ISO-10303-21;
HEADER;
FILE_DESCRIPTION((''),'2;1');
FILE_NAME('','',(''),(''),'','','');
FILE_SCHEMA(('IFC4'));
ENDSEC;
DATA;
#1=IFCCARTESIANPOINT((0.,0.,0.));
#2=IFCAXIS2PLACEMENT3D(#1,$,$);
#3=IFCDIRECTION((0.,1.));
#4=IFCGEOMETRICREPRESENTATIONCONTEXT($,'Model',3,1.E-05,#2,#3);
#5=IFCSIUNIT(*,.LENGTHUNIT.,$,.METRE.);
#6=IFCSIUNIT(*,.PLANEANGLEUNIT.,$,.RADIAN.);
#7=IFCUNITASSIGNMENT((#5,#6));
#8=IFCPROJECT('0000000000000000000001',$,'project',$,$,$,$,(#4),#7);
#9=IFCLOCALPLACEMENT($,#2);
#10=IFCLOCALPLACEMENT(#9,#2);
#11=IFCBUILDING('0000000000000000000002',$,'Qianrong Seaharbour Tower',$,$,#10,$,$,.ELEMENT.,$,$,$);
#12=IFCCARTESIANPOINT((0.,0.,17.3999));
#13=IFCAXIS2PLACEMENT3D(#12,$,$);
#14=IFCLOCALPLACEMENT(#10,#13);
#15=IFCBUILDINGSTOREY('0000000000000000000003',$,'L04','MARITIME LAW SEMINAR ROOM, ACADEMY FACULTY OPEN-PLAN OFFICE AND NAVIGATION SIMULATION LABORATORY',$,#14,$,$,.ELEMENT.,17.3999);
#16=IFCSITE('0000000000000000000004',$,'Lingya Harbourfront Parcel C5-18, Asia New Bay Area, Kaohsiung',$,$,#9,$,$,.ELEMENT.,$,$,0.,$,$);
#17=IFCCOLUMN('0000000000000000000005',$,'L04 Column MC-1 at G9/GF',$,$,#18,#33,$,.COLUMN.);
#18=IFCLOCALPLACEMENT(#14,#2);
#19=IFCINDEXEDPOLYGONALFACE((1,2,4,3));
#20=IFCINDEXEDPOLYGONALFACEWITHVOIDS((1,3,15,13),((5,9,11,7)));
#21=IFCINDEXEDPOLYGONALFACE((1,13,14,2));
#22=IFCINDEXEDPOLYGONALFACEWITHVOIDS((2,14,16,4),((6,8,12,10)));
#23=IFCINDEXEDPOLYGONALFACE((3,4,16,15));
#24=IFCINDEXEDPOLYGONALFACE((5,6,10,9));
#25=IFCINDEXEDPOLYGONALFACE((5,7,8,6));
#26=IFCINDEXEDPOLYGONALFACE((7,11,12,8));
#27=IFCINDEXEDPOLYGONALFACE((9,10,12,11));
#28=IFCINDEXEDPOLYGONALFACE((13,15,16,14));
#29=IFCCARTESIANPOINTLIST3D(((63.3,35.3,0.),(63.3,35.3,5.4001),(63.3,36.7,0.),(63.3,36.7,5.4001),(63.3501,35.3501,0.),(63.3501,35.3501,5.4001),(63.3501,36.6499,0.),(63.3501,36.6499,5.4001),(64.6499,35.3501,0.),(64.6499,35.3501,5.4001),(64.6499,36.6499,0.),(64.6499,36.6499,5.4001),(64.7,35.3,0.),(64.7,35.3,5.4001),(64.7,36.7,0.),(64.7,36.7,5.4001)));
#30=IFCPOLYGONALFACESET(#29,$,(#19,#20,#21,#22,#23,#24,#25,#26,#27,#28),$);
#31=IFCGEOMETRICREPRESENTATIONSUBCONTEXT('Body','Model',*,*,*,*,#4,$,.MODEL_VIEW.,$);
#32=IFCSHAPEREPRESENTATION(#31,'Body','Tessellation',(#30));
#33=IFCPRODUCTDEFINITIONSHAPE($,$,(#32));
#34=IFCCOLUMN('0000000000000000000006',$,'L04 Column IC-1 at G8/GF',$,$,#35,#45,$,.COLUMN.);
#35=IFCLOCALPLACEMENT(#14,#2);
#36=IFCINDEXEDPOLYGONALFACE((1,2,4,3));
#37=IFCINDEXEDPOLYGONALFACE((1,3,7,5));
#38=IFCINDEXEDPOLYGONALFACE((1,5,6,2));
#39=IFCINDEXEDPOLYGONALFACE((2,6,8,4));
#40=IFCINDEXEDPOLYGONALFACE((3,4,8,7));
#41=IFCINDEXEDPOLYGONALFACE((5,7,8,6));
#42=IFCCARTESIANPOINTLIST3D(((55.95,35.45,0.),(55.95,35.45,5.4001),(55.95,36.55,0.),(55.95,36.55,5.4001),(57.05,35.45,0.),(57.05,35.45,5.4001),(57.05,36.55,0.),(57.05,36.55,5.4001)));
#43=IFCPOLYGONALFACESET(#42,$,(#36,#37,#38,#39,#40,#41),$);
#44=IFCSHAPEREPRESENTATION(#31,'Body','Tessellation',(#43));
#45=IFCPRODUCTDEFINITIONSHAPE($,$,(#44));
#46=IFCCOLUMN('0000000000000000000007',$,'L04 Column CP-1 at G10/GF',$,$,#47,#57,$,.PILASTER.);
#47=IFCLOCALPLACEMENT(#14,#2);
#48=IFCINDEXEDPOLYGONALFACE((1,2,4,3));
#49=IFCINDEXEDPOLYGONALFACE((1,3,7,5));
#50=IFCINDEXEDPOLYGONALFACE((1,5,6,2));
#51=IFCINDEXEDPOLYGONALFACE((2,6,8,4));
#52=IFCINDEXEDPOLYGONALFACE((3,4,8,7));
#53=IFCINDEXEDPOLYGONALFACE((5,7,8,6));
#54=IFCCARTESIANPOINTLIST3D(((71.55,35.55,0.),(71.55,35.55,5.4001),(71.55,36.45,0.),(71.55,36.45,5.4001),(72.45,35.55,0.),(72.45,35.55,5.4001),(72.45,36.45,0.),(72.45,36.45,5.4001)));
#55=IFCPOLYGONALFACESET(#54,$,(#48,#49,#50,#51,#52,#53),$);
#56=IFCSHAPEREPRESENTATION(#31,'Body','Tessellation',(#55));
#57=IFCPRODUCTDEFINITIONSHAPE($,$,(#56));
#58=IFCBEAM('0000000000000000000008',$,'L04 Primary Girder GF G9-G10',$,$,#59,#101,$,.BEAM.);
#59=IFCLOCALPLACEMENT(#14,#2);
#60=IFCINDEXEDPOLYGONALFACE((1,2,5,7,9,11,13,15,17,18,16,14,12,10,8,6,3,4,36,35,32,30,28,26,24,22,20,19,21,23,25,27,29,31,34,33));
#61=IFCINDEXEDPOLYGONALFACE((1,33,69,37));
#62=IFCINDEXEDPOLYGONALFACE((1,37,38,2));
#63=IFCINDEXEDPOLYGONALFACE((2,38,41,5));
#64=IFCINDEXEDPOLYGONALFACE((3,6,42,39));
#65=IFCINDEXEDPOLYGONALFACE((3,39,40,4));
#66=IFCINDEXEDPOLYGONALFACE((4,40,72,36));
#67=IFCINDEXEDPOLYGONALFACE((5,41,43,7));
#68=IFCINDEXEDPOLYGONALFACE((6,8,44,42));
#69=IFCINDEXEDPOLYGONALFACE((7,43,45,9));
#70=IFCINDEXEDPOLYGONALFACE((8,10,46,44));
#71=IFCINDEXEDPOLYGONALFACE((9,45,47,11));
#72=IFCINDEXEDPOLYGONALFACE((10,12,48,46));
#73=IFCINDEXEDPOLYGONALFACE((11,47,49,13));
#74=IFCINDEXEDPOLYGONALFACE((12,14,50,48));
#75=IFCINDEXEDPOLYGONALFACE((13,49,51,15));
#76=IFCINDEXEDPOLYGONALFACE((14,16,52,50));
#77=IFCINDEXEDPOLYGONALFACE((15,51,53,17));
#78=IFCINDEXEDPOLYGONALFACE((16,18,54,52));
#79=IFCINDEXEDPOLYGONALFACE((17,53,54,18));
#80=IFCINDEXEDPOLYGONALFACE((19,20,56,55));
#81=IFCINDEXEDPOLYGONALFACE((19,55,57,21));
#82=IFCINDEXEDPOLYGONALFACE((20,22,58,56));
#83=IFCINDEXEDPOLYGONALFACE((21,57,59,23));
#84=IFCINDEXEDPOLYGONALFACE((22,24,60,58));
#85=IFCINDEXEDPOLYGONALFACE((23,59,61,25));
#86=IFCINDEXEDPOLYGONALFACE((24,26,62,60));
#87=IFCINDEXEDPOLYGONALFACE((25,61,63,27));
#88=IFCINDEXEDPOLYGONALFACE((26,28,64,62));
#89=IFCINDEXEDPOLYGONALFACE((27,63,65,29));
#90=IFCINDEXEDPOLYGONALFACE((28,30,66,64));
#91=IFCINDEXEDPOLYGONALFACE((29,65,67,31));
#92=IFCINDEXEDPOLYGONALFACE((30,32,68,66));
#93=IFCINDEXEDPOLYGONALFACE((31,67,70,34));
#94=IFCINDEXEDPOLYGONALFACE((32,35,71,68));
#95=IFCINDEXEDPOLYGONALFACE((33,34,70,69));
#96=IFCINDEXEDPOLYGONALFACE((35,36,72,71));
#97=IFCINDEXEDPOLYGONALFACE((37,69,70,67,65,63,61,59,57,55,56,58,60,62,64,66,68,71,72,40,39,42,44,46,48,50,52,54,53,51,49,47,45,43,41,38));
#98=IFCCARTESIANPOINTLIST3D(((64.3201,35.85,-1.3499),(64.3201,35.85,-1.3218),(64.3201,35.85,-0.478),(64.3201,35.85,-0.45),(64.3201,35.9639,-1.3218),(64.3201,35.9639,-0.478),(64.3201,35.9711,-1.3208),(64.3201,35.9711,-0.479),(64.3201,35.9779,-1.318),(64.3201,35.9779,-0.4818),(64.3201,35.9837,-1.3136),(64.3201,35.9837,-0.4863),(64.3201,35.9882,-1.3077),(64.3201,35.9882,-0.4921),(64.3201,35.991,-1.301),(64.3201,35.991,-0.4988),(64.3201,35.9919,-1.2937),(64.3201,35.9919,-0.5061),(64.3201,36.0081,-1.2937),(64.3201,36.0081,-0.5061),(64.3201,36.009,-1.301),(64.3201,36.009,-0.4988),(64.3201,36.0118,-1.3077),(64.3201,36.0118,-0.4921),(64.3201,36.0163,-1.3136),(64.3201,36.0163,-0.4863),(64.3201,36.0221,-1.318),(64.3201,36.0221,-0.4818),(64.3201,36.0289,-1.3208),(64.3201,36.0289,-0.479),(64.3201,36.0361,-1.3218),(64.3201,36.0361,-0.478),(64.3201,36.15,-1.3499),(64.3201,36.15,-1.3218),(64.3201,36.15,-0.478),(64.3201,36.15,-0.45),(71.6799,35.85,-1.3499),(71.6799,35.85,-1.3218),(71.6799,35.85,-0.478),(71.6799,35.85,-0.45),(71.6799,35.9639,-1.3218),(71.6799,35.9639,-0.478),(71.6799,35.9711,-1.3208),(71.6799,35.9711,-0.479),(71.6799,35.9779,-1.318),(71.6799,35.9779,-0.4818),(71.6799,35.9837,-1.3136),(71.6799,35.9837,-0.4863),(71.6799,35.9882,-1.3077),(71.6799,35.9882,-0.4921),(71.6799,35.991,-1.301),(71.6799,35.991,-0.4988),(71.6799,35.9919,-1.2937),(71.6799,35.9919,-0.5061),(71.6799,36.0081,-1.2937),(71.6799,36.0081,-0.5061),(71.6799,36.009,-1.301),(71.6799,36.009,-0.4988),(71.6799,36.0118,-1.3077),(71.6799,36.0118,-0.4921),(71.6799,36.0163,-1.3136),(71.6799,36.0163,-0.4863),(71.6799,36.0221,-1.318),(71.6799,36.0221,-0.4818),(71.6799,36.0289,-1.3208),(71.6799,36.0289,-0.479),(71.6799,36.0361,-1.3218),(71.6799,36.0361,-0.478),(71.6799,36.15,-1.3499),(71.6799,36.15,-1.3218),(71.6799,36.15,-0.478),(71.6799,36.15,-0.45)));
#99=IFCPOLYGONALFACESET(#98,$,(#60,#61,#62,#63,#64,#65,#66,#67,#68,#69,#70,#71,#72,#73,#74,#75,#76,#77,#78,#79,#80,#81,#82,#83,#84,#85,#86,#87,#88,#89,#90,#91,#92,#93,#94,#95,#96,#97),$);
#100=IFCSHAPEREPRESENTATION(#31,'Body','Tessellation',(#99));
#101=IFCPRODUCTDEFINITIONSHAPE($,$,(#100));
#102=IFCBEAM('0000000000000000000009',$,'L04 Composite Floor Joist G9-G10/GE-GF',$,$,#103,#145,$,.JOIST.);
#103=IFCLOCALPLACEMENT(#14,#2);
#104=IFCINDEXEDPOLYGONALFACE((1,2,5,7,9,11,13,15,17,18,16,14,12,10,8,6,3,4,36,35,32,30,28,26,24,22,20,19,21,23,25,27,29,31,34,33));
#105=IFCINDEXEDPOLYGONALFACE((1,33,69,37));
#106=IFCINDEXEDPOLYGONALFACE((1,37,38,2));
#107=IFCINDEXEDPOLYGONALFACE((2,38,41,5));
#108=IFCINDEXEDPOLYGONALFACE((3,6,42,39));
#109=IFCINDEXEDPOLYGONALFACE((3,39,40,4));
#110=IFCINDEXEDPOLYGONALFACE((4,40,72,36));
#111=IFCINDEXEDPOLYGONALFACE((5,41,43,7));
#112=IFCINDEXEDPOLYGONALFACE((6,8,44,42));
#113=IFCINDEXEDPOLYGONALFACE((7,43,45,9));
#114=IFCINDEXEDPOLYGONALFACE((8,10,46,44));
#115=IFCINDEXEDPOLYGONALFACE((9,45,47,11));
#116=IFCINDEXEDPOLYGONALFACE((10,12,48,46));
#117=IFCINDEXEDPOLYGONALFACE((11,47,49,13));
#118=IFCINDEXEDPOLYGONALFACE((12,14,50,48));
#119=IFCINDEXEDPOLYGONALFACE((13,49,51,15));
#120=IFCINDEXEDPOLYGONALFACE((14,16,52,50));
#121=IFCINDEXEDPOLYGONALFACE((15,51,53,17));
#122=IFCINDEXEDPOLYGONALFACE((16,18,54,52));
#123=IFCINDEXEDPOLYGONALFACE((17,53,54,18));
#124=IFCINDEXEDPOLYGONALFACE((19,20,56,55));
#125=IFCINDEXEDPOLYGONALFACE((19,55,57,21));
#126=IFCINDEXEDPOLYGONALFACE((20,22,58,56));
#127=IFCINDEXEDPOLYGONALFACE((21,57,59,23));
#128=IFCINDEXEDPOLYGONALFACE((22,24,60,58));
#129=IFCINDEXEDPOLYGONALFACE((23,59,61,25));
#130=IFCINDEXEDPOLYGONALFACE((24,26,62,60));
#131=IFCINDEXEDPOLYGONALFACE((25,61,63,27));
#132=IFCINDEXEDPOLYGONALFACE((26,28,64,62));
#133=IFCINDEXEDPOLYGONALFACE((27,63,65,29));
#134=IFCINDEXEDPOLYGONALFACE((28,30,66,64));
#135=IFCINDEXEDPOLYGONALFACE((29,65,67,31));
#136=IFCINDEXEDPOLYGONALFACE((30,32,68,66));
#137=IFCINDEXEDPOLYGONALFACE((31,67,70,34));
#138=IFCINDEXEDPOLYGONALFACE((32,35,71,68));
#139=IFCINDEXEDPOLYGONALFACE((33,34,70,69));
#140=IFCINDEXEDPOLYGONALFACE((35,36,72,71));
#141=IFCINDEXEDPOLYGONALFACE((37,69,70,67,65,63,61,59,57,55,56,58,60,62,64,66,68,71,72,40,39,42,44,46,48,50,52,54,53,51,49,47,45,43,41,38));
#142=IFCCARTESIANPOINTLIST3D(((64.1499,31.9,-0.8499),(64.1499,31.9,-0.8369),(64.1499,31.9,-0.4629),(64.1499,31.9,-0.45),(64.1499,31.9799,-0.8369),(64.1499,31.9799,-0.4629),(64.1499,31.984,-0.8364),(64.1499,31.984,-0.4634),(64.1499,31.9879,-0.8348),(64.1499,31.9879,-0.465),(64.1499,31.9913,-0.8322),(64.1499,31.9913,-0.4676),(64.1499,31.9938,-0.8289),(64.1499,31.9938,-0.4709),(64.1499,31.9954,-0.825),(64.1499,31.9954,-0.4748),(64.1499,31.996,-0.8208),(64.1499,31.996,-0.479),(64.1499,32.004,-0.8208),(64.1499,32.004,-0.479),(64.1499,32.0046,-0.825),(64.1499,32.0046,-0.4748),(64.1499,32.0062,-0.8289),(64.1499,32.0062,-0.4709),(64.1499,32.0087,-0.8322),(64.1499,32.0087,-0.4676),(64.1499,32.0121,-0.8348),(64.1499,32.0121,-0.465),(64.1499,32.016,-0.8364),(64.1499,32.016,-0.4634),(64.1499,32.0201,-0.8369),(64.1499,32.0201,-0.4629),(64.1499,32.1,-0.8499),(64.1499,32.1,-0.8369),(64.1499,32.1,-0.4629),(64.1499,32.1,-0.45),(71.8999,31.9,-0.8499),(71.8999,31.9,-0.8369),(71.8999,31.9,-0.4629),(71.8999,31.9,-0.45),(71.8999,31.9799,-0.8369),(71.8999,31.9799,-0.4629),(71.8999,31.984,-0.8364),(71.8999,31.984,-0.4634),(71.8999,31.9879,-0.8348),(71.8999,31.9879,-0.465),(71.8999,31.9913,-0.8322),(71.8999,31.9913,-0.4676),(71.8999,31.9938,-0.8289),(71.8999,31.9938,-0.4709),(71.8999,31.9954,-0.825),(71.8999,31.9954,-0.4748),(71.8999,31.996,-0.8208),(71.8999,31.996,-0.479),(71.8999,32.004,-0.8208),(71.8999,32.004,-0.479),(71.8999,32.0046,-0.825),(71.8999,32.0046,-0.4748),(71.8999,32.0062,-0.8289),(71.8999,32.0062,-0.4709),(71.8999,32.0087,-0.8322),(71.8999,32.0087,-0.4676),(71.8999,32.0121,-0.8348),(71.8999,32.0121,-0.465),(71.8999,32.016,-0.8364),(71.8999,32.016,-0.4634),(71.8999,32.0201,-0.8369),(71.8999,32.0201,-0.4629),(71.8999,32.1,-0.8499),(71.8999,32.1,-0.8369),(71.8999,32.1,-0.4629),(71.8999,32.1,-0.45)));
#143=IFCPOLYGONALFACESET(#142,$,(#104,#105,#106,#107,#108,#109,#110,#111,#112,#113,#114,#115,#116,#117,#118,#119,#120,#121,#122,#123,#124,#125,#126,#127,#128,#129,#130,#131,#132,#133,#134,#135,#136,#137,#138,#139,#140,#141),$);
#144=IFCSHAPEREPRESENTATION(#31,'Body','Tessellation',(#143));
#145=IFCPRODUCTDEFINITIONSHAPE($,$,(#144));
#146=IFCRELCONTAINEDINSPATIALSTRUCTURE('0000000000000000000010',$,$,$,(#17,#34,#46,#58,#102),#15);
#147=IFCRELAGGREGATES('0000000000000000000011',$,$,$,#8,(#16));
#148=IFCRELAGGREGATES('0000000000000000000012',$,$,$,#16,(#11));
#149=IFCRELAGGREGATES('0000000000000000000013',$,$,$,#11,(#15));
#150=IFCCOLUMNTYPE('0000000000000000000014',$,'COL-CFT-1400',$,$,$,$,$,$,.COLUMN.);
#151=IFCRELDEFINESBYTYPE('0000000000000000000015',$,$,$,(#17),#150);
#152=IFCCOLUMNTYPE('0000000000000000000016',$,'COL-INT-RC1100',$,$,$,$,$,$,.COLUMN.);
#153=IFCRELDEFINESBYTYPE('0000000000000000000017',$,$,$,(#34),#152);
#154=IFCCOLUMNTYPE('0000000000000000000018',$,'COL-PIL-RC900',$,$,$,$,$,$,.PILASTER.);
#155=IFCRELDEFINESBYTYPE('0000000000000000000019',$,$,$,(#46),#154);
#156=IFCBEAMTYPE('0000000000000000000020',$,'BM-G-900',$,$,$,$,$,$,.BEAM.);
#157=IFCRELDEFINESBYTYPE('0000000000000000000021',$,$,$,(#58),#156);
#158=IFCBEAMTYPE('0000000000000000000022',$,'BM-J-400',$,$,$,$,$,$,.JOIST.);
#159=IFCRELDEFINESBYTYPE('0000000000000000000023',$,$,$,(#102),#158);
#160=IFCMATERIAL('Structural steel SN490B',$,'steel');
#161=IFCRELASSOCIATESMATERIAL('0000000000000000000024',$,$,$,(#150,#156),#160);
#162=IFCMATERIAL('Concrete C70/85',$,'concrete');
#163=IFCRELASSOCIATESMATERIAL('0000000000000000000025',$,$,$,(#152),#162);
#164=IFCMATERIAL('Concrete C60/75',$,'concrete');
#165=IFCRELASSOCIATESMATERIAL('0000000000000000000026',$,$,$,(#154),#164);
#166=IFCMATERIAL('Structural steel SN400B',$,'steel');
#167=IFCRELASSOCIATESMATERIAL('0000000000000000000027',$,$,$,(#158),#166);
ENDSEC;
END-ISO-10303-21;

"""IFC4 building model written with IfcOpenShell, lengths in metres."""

from ifc_helpers import new_model, si_unit, direction, frame, origin, origin_2d, place, context, subcontext, project, spatial, rectangle, hollow_rectangle, i_section, extrude, material, material_profile, profile_set, type_object, element, save


model = new_model("IFC4")

# Units and contexts
model_context = context("Model", 3, precision=1e-05, world=origin(), true_north=direction((0.0, 1.0)))
body_context = subcontext(model_context, "Body", "Model", "MODEL_VIEW")
ifc_project = project(units=[si_unit("LENGTHUNIT", "METRE"), si_unit("PLANEANGLEUNIT", "RADIAN")], contexts=[model_context])

# Site, building, storey
site_placement = place(None, origin())
site = spatial("IfcSite", under=ifc_project, at=site_placement, Name="Lingya Harbourfront Parcel C5-18, Asia New Bay Area, Kaohsiung", CompositionType="ELEMENT", RefElevation=0.0)
building_placement = place(site_placement, origin())
building = spatial("IfcBuilding", under=site, at=building_placement, Name="Qianrong Seaharbour Tower", CompositionType="ELEMENT")
storey_placement = place(building_placement, frame((0.0, 0.0, 17.3999)))
storey = spatial("IfcBuildingStorey", under=building, at=storey_placement, Name="L04", Description="MARITIME LAW SEMINAR ROOM, ACADEMY FACULTY OPEN-PLAN OFFICE AND NAVIGATION SIMULATION LABORATORY", CompositionType="ELEMENT", Elevation=17.3999)

# Columns
ifc_material_1 = material(Name="Structural steel SN490B", Category="steel")
ifc_material_profile_1 = material_profile(ifc_material_1, hollow_rectangle(XDim=1.3999, YDim=1.3999, WallThickness=0.05, at=origin_2d()), Name="BOX1400x1400x50")
ifc_profile_set_1 = profile_set([ifc_material_profile_1], Name="Structural steel SN490B")
column_type_1 = type_object("IfcColumnType", Name="COL-CFT-1400", PredefinedType="COLUMN", material=ifc_profile_set_1)
column_1_placement = place(storey_placement, frame((64.0, 36.0, 0.0), z_axis=(0.0, 0.0, 1.0), x_axis=(1.0, 0.0, 0.0)))
element("IfcColumn", 1, at=column_1_placement, inside=storey, type_object=column_type_1, Name="L04 Column MC-1 at G9/GF", PredefinedType="COLUMN", context=body_context, shape_type="SweptSolid", body=[
    extrude(hollow_rectangle(XDim=1.3999, YDim=1.3999, WallThickness=0.05, at=origin_2d()), origin(), (0.0, 0.0, 1.0), 5.4001),
])
ifc_material_2 = material(Name="Concrete C70/85", Category="concrete")
ifc_material_profile_2 = material_profile(ifc_material_2, rectangle(XDim=1.1001, YDim=1.1001, at=origin_2d()), Name="RC1100x1100")
ifc_profile_set_2 = profile_set([ifc_material_profile_2], Name="Concrete C70/85")
column_type_2 = type_object("IfcColumnType", Name="COL-INT-RC1100", PredefinedType="COLUMN", material=ifc_profile_set_2)
column_2_placement = place(storey_placement, frame((56.5, 36.0, 0.0), z_axis=(0.0, 0.0, 1.0), x_axis=(1.0, 0.0, 0.0)))
element("IfcColumn", 2, at=column_2_placement, inside=storey, type_object=column_type_2, Name="L04 Column IC-1 at G8/GF", PredefinedType="COLUMN", context=body_context, shape_type="SweptSolid", body=[
    extrude(rectangle(XDim=1.1001, YDim=1.1001, at=origin_2d()), origin(), (0.0, 0.0, 1.0), 5.4001),
])
ifc_material_3 = material(Name="Concrete C60/75", Category="concrete")
ifc_material_profile_3 = material_profile(ifc_material_3, rectangle(XDim=0.8999, YDim=0.8999, at=origin_2d()), Name="RC900x900")
ifc_profile_set_3 = profile_set([ifc_material_profile_3], Name="Concrete C60/75")
column_type_3 = type_object("IfcColumnType", Name="COL-PIL-RC900", PredefinedType="PILASTER", material=ifc_profile_set_3)
column_3_placement = place(storey_placement, frame((72.0, 36.0, 0.0), z_axis=(0.0, 0.0, 1.0), x_axis=(1.0, 0.0, 0.0)))
element("IfcColumn", 3, at=column_3_placement, inside=storey, type_object=column_type_3, Name="L04 Column CP-1 at G10/GF", PredefinedType="PILASTER", context=body_context, shape_type="SweptSolid", body=[
    extrude(rectangle(XDim=0.8999, YDim=0.8999, at=origin_2d()), origin(), (0.0, 0.0, 1.0), 5.4001),
])

# Beams
ifc_material_profile_4 = material_profile(ifc_material_1, i_section(OverallWidth=0.3, OverallDepth=0.8999, WebThickness=0.0161, FlangeThickness=0.0281, FilletRadius=0.0281, at=origin_2d()), Name="H900x300x16x28")
ifc_profile_set_4 = profile_set([ifc_material_profile_4], Name="Structural steel SN490B")
beam_type_1 = type_object("IfcBeamType", Name="BM-G-900", PredefinedType="BEAM", material=ifc_profile_set_4)
beam_1_placement = place(storey_placement, frame((64.3201, 36.0, -0.8999), z_axis=(1.0, 0.0, 0.0), x_axis=(0.0, 1.0, 0.0)))
element("IfcBeam", 4, at=beam_1_placement, inside=storey, type_object=beam_type_1, Name="L04 Primary Girder GF G9-G10", PredefinedType="BEAM", context=body_context, shape_type="SweptSolid", body=[
    extrude(i_section(OverallWidth=0.3, OverallDepth=0.8999, WebThickness=0.0161, FlangeThickness=0.0281, FilletRadius=0.0281, at=origin_2d()), origin(), (0.0, 0.0, 1.0), 7.3599),
])
ifc_material_4 = material(Name="Structural steel SN400B", Category="steel")
ifc_material_profile_5 = material_profile(ifc_material_4, i_section(OverallWidth=0.2, OverallDepth=0.3999, WebThickness=0.0081, FlangeThickness=0.0129, FilletRadius=0.0161, at=origin_2d()), Name="H400x200x8x13")
ifc_profile_set_5 = profile_set([ifc_material_profile_5], Name="Structural steel SN400B")
beam_type_2 = type_object("IfcBeamType", Name="BM-J-400", PredefinedType="JOIST", material=ifc_profile_set_5)
beam_2_placement = place(storey_placement, frame((64.1499, 32.0, -0.6499), z_axis=(1.0, 0.0, 0.0), x_axis=(0.0, 1.0, 0.0)))
element("IfcBeam", 5, at=beam_2_placement, inside=storey, type_object=beam_type_2, Name="L04 Composite Floor Joist G9-G10/GE-GF", PredefinedType="JOIST", context=body_context, shape_type="SweptSolid", body=[
    extrude(i_section(OverallWidth=0.2, OverallDepth=0.3999, WebThickness=0.0081, FlangeThickness=0.0129, FilletRadius=0.0161, at=origin_2d()), origin(), (0.0, 0.0, 1.0), 7.75),
])

save(model, "model.ifc")
